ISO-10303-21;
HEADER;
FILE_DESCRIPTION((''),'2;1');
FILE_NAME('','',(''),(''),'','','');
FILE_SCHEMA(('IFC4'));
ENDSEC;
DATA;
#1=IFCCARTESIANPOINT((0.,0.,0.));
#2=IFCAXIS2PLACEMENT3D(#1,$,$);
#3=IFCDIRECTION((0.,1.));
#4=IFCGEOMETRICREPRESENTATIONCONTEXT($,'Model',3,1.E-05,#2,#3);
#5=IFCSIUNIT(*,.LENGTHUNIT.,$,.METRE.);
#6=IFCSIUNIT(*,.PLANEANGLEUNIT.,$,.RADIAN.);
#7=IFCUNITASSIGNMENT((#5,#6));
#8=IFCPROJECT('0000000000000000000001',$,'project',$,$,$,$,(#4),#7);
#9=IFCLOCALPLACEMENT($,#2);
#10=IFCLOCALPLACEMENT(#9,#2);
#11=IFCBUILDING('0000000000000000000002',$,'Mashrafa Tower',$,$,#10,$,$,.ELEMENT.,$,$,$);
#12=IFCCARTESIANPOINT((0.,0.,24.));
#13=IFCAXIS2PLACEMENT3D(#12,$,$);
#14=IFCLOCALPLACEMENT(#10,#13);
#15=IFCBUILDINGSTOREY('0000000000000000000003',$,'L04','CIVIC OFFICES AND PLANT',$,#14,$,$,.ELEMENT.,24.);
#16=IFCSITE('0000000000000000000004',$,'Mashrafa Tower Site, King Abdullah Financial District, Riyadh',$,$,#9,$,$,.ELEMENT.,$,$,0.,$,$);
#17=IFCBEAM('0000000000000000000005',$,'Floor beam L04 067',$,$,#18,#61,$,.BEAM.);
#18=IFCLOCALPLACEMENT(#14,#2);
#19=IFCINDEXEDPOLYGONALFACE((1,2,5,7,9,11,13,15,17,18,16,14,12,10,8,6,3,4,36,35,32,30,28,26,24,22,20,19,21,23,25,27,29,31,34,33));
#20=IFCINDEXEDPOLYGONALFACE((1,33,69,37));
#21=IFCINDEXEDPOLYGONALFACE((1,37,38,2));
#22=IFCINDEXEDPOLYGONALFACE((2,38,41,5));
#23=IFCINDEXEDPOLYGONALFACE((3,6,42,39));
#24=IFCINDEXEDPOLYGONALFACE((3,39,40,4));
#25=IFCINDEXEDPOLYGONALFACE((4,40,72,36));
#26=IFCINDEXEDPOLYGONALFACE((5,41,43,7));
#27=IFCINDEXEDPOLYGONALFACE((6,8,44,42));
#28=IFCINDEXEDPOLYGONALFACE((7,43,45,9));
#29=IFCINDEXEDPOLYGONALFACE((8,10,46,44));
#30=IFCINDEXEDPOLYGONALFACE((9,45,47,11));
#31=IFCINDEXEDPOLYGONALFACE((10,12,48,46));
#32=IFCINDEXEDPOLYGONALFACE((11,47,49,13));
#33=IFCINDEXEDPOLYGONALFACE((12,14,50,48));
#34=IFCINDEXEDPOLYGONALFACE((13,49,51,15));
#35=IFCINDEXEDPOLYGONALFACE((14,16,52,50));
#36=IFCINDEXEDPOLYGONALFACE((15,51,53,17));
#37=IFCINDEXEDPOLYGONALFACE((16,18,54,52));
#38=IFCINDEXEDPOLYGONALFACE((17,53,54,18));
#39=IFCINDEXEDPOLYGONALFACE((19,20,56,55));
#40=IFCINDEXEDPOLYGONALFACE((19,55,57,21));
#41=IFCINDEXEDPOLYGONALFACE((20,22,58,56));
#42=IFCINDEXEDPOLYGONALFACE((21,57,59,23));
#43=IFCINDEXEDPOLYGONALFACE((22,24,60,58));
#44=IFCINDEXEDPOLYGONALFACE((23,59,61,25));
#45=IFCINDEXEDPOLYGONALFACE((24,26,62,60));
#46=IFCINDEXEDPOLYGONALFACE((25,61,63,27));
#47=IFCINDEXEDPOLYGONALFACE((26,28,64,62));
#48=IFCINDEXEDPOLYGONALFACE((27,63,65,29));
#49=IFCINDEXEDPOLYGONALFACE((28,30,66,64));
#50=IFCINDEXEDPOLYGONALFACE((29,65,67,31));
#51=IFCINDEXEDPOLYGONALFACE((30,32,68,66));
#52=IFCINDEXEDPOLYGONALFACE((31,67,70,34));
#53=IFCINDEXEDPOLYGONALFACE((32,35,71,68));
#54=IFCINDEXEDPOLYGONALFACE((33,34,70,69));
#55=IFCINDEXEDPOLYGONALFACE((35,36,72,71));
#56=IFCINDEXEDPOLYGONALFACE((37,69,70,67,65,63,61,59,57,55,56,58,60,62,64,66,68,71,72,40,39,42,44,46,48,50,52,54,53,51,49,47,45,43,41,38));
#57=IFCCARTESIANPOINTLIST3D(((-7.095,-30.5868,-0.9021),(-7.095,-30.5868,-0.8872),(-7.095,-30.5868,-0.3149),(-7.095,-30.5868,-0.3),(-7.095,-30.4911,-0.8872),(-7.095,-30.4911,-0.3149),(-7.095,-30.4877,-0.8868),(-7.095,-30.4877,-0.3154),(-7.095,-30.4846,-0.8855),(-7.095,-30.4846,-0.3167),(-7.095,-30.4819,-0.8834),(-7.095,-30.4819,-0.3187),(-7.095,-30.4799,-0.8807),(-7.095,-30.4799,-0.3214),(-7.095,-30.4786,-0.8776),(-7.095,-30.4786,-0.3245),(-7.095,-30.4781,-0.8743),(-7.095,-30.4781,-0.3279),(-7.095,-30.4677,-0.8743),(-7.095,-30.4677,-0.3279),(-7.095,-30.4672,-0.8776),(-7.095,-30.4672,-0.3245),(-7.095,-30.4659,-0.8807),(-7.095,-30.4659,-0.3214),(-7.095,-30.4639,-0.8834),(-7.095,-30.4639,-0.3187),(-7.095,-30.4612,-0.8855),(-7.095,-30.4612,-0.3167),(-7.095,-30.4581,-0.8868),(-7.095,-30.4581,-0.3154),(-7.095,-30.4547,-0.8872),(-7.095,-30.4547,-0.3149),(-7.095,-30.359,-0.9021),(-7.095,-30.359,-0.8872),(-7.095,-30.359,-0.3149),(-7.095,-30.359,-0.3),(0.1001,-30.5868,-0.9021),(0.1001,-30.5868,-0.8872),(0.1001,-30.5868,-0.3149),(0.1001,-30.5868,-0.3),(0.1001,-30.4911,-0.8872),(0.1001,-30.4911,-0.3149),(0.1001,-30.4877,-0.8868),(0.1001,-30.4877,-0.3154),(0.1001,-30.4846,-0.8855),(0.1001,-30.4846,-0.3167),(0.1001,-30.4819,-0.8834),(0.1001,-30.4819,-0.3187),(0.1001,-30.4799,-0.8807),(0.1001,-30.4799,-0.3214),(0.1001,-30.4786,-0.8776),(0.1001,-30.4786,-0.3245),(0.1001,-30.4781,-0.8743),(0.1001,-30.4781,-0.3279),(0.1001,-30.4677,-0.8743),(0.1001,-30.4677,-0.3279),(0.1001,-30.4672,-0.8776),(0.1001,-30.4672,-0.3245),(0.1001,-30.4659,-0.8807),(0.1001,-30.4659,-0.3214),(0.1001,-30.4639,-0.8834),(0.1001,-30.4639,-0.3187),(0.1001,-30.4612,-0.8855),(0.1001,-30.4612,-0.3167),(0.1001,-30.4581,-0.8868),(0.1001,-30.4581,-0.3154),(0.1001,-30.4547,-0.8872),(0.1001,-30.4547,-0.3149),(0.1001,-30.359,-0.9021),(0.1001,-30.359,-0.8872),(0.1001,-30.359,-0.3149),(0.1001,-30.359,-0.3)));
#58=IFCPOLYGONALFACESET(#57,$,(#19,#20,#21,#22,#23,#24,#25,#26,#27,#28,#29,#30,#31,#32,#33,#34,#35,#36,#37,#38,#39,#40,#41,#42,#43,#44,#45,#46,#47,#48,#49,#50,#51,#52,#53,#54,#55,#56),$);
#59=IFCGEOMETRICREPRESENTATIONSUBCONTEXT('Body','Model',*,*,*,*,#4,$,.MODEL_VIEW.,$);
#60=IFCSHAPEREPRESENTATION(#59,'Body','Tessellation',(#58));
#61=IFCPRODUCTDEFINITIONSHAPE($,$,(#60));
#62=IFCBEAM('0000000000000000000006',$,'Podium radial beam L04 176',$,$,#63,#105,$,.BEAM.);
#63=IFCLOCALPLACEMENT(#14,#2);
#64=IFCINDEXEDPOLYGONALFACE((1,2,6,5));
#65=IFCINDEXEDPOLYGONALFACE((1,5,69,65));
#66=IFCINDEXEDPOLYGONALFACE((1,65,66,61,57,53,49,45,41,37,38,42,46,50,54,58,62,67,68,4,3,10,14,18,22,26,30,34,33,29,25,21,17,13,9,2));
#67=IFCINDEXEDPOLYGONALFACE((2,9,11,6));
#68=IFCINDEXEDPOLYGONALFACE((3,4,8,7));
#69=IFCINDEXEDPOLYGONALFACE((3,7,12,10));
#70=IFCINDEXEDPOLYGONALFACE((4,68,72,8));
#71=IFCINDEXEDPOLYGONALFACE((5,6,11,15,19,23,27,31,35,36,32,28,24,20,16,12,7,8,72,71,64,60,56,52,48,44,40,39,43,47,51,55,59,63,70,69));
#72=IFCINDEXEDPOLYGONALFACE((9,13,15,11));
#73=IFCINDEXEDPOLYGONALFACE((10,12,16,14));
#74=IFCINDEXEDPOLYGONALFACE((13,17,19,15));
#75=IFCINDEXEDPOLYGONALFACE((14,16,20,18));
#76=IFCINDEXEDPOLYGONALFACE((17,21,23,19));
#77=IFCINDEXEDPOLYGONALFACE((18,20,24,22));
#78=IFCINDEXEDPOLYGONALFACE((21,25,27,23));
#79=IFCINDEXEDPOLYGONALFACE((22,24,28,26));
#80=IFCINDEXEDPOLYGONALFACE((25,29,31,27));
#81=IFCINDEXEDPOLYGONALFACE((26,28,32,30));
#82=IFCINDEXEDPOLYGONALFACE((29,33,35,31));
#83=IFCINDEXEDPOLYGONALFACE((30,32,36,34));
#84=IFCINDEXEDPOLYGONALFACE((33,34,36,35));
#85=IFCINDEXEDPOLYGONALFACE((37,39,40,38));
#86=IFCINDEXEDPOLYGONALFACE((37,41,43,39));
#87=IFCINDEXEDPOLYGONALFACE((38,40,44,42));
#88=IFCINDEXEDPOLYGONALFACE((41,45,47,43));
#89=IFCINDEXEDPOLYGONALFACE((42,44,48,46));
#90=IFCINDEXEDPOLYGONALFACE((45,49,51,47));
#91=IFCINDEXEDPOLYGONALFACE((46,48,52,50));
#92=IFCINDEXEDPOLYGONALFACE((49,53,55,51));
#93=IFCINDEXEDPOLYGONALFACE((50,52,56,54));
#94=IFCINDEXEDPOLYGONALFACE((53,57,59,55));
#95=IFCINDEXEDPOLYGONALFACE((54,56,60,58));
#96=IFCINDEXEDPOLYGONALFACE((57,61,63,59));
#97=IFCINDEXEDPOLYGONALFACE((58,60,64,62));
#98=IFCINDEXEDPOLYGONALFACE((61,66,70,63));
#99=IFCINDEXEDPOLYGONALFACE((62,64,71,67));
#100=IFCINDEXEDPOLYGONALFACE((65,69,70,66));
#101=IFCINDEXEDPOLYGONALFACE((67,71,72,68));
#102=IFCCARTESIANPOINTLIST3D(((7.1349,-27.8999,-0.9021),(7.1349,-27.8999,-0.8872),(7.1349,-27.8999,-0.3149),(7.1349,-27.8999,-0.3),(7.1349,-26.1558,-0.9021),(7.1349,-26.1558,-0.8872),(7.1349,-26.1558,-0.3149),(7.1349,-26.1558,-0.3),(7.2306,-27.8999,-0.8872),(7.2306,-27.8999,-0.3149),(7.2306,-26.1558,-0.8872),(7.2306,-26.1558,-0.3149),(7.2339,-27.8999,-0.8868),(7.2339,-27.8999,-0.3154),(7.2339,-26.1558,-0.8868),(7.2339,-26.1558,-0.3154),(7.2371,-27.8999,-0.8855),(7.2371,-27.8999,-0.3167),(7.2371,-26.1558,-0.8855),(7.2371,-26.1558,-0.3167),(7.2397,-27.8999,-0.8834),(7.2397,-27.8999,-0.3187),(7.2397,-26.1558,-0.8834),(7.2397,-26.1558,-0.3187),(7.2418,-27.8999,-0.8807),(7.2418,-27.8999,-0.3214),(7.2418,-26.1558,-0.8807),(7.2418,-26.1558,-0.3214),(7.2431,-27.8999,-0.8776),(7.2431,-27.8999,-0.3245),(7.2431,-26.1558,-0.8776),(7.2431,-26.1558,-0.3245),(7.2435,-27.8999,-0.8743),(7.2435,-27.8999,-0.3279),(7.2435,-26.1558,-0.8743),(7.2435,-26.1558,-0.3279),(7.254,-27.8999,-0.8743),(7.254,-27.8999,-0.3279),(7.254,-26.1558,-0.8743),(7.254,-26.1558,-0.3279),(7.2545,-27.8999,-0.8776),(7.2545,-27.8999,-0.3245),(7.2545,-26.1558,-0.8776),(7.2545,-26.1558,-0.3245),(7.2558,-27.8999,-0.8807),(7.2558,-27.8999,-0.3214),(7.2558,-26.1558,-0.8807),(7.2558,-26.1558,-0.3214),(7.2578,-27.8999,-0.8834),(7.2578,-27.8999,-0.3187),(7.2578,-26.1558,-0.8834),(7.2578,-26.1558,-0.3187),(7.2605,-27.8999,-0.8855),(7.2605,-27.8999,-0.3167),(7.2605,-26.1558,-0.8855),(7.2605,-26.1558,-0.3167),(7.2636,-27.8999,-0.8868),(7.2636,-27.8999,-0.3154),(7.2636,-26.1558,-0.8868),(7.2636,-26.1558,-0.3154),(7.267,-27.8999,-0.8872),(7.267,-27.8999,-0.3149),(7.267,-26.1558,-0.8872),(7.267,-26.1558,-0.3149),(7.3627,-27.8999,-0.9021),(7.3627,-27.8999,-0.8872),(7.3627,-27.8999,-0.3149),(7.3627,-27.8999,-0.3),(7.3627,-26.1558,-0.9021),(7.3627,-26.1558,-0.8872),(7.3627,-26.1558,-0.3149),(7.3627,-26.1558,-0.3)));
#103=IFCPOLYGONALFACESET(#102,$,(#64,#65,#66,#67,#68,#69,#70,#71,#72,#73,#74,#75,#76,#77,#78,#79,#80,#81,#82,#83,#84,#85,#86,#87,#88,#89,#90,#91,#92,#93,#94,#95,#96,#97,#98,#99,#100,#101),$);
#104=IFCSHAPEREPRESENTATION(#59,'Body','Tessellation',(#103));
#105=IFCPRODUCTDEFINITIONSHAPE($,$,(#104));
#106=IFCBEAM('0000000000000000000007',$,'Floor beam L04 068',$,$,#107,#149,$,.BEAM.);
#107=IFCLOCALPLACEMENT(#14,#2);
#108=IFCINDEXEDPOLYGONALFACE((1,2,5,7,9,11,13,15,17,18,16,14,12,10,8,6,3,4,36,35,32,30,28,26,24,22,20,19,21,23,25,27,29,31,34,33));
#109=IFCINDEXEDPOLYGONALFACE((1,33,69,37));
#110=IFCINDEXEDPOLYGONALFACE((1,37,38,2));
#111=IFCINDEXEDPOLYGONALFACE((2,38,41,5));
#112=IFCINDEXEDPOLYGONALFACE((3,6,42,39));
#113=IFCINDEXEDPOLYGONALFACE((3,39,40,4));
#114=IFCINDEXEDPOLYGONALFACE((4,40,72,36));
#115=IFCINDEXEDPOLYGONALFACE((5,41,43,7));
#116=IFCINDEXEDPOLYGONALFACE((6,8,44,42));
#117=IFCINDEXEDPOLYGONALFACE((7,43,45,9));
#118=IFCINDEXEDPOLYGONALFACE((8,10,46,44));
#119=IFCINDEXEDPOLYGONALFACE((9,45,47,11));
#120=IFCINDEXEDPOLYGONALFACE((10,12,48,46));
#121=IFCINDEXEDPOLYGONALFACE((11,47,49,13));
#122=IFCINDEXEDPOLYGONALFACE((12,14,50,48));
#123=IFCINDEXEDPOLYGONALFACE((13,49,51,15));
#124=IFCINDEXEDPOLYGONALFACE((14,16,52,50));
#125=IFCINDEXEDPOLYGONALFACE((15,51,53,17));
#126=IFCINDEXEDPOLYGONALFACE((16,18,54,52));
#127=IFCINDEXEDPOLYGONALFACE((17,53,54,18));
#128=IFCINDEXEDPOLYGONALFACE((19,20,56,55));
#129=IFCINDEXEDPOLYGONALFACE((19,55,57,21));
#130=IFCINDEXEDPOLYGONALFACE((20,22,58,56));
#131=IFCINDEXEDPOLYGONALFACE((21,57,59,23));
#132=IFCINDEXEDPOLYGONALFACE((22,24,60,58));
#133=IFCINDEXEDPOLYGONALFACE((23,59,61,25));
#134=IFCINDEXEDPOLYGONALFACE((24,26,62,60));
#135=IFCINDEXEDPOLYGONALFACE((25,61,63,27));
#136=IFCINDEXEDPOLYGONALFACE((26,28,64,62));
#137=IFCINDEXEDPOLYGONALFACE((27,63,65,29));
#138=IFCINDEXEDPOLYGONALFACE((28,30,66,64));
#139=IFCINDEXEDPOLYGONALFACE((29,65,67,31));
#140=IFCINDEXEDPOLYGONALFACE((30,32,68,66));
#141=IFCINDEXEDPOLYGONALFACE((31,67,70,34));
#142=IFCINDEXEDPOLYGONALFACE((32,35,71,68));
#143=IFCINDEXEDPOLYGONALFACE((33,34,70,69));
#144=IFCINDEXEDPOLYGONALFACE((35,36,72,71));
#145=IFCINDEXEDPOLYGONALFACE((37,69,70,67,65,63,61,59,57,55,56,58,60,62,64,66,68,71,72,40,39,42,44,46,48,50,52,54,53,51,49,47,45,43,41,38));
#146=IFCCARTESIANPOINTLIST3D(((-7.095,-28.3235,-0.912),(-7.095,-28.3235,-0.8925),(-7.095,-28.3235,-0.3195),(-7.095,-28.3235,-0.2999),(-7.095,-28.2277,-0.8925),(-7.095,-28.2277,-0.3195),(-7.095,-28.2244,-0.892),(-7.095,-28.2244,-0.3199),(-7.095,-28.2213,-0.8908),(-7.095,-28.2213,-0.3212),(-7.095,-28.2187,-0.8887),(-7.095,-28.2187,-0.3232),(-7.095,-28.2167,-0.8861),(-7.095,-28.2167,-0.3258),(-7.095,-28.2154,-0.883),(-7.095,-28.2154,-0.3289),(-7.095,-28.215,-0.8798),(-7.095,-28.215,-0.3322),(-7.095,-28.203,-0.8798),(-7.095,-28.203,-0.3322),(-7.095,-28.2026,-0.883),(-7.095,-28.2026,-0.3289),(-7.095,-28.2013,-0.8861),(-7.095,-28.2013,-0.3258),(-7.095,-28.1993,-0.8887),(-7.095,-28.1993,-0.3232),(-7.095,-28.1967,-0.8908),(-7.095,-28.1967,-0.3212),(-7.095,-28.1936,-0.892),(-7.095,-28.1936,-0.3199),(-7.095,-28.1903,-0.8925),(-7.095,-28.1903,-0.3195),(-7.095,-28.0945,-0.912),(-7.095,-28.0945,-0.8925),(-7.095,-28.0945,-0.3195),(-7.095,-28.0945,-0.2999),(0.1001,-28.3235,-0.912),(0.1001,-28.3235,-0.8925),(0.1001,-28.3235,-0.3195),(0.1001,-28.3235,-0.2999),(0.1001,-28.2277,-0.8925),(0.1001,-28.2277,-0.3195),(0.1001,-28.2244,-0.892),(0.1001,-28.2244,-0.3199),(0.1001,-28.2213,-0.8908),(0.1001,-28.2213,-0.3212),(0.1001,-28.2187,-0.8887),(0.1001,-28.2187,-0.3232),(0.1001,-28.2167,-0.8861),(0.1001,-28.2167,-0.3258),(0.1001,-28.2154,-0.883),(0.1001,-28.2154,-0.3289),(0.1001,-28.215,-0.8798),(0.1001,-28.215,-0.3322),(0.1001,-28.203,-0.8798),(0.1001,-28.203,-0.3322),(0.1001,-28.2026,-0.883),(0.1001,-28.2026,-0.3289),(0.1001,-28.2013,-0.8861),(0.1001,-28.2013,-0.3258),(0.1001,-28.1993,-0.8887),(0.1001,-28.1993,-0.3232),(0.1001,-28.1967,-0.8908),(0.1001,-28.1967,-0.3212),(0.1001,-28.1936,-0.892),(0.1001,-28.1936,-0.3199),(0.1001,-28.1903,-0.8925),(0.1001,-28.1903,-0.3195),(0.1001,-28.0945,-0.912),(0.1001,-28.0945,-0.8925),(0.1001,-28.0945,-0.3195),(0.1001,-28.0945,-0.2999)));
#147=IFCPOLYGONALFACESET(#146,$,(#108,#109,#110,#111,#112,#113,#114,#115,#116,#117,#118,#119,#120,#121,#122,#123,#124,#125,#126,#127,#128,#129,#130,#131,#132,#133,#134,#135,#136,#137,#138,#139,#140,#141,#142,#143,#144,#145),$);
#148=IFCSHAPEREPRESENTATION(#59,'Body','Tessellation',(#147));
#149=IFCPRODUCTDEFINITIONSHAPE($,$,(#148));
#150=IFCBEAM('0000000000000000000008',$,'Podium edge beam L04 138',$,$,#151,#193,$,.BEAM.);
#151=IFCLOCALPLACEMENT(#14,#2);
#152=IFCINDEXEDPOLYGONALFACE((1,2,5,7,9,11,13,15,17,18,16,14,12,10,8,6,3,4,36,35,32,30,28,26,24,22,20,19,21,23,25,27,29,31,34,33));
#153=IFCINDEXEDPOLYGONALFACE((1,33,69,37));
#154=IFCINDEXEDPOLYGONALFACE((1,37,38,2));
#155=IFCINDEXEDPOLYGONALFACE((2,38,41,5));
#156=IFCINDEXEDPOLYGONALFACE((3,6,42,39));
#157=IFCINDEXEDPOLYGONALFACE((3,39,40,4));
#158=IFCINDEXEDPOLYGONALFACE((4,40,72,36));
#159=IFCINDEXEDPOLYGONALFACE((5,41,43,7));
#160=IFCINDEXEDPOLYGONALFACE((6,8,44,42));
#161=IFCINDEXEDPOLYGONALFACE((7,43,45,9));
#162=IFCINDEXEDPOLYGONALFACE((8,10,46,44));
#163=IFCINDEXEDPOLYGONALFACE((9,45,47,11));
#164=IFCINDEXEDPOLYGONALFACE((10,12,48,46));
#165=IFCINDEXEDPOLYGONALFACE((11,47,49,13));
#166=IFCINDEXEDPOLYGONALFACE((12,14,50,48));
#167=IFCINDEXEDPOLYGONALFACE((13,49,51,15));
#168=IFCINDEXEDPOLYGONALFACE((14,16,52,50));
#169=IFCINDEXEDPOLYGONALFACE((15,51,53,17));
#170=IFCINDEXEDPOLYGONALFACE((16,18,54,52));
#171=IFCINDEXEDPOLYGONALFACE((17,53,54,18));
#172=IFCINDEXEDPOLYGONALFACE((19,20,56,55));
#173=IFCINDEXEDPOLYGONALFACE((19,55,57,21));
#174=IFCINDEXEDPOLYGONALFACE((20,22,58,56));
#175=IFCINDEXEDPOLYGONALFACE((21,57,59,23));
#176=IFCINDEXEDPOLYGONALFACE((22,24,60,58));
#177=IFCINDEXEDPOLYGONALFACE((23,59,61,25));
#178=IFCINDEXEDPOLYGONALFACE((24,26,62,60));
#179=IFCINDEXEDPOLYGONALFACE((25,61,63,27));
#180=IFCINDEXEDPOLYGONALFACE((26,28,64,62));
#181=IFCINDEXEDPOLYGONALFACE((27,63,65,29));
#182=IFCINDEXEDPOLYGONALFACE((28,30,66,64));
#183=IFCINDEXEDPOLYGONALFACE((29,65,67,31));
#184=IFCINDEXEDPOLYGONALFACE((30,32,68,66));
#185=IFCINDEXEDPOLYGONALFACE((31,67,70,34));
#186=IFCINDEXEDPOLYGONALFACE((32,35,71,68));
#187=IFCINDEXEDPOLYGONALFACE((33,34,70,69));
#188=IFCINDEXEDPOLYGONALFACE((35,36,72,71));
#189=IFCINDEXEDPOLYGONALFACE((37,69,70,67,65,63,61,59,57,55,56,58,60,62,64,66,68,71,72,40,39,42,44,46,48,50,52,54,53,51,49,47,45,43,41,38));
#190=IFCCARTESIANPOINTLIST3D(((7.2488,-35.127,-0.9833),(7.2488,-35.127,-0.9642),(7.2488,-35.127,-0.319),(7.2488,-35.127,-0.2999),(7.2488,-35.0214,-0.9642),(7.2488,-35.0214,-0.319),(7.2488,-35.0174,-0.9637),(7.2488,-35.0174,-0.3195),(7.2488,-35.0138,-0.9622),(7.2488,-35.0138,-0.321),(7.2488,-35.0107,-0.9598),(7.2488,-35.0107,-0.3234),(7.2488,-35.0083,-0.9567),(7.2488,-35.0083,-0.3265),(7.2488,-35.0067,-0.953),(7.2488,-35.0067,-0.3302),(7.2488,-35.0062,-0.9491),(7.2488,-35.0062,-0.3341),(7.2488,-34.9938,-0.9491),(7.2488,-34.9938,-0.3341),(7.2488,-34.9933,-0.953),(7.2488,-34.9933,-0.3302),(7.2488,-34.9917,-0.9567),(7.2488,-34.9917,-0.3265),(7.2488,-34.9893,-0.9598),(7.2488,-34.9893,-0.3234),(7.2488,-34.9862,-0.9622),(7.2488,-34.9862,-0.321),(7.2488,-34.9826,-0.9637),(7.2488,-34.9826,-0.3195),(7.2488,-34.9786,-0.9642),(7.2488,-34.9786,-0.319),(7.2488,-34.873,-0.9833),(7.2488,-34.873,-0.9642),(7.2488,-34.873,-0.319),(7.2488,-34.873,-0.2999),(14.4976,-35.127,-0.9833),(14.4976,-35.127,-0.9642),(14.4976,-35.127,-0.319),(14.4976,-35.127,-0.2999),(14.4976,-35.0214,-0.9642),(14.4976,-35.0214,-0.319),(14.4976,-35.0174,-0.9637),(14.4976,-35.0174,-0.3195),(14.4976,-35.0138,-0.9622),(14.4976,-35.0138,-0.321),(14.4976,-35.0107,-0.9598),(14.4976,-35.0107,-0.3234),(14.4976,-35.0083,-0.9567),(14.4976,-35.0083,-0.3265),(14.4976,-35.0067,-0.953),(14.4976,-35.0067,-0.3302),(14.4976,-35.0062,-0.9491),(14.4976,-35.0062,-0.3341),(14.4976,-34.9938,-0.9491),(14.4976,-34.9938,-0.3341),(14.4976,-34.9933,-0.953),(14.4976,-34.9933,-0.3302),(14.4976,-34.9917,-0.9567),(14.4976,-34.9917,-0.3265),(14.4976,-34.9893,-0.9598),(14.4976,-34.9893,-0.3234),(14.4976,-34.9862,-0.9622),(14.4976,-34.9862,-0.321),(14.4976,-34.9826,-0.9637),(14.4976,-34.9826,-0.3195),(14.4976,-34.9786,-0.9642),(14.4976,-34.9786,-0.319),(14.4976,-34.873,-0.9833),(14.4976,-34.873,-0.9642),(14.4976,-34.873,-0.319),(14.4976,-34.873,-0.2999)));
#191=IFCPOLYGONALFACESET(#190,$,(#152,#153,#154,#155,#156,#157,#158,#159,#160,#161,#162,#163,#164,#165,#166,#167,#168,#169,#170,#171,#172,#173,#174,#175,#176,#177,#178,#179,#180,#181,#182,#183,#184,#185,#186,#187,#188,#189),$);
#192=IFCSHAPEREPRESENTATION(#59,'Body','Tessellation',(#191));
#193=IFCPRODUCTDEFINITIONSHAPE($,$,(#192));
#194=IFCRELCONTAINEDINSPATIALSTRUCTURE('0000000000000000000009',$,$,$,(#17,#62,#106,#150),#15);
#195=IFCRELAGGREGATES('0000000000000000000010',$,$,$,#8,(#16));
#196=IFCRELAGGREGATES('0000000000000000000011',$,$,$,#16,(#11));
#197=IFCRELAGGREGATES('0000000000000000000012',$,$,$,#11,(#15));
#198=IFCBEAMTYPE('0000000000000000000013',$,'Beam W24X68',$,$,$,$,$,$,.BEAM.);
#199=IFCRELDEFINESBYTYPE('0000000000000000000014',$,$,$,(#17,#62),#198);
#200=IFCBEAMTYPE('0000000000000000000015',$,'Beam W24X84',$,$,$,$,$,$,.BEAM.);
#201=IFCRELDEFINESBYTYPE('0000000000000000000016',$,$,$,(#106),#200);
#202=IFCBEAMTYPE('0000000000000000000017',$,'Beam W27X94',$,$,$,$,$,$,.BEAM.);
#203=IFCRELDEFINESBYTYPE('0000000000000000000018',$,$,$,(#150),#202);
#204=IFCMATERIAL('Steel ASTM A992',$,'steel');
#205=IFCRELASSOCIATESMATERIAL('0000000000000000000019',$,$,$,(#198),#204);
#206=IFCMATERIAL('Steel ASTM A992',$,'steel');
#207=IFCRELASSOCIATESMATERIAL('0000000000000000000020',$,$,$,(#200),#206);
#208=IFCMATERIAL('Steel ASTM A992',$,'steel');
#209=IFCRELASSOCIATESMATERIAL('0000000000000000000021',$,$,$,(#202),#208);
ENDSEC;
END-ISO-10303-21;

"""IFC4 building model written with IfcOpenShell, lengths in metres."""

from ifc_helpers import new_model, si_unit, direction, frame, origin, origin_2d, place, context, subcontext, project, spatial, i_section, extrude, material, material_profile, profile_set, type_object, element, save


model = new_model("IFC4")

# Units and contexts
model_context = context("Model", 3, precision=1e-05, world=origin(), true_north=direction((0.0, 1.0)))
body_context = subcontext(model_context, "Body", "Model", "MODEL_VIEW")
ifc_project = project(units=[si_unit("LENGTHUNIT", "METRE"), si_unit("PLANEANGLEUNIT", "RADIAN")], contexts=[model_context])

# Site, building, storey
site_placement = place(None, origin())
site = spatial("IfcSite", under=ifc_project, at=site_placement, Name="Mashrafa Tower Site, King Abdullah Financial District, Riyadh", CompositionType="ELEMENT", RefElevation=0.0)
building_placement = place(site_placement, origin())
building = spatial("IfcBuilding", under=site, at=building_placement, Name="Mashrafa Tower", CompositionType="ELEMENT")
storey_placement = place(building_placement, frame((0.0, 0.0, 24.0)))
storey = spatial("IfcBuildingStorey", under=building, at=storey_placement, Name="L04", Description="CIVIC OFFICES AND PLANT", CompositionType="ELEMENT", Elevation=24.0)

# Beams
ifc_material_1 = material(Name="Steel ASTM A992", Category="steel")
ifc_material_profile_1 = material_profile(ifc_material_1, i_section(OverallWidth=0.2278, OverallDepth=0.6021, WebThickness=0.0105, FlangeThickness=0.0149, FilletRadius=0.0129, at=origin_2d()), Name="W24X68")
ifc_profile_set_1 = profile_set([ifc_material_profile_1], Name="Steel ASTM A992")
beam_type_1 = type_object("IfcBeamType", Name="Beam W24X68", PredefinedType="BEAM", material=ifc_profile_set_1)
for number, where, z_axis, x_axis, name in (
    (1, (0.1001, -30.4729, -0.6011), (-1.0, 0.0, 0.0), (0.0, -1.0, 0.0), "Floor beam L04 067"),
):
    element("IfcBeam", number, at=place(storey_placement, frame(where, z_axis=z_axis, x_axis=x_axis)), inside=storey, type_object=beam_type_1, Name=name, PredefinedType="BEAM", context=body_context, shape_type="SweptSolid", body=[
        extrude(i_section(OverallWidth=0.2278, OverallDepth=0.6021, WebThickness=0.0105, FlangeThickness=0.0149, FilletRadius=0.0129, at=origin_2d()), origin(), (0.0, 0.0, 1.0), 7.1951),
    ])
beam_1_placement = place(storey_placement, frame((7.2488, -26.1558, -0.6011), z_axis=(0.0, -1.0, 0.0), x_axis=(1.0, 0.0, 0.0)))
element("IfcBeam", 2, at=beam_1_placement, inside=storey, type_object=beam_type_1, Name="Podium radial beam L04 176", PredefinedType="BEAM", context=body_context, shape_type="SweptSolid", body=[
    extrude(i_section(OverallWidth=0.2278, OverallDepth=0.6021, WebThickness=0.0105, FlangeThickness=0.0149, FilletRadius=0.0129, at=origin_2d()), origin(), (0.0, 0.0, 1.0), 1.7441),
])
ifc_material_2 = material(Name="Steel ASTM A992", Category="steel")
ifc_material_profile_2 = material_profile(ifc_material_2, i_section(OverallWidth=0.229, OverallDepth=0.6121, WebThickness=0.012, FlangeThickness=0.0195, FilletRadius=0.0127, at=origin_2d()), Name="W24X84")
ifc_profile_set_2 = profile_set([ifc_material_profile_2], Name="Steel ASTM A992")
beam_type_2 = type_object("IfcBeamType", Name="Beam W24X84", PredefinedType="BEAM", material=ifc_profile_set_2)
beam_2_placement = place(storey_placement, frame((0.1001, -28.209, -0.606), z_axis=(-1.0, 0.0, 0.0), x_axis=(0.0, -1.0, 0.0)))
element("IfcBeam", 3, at=beam_2_placement, inside=storey, type_object=beam_type_2, Name="Floor beam L04 068", PredefinedType="BEAM", context=body_context, shape_type="SweptSolid", body=[
    extrude(i_section(OverallWidth=0.229, OverallDepth=0.6121, WebThickness=0.012, FlangeThickness=0.0195, FilletRadius=0.0127, at=origin_2d()), origin(), (0.0, 0.0, 1.0), 7.1951),
])
ifc_material_3 = material(Name="Steel ASTM A992", Category="steel")
ifc_material_profile_3 = material_profile(ifc_material_3, i_section(OverallWidth=0.2539, OverallDepth=0.6833, WebThickness=0.0125, FlangeThickness=0.019, FilletRadius=0.0151, at=origin_2d()), Name="W27X94")
ifc_profile_set_3 = profile_set([ifc_material_profile_3], Name="Steel ASTM A992")
beam_type_3 = type_object("IfcBeamType", Name="Beam W27X94", PredefinedType="BEAM", material=ifc_profile_set_3)
beam_3_placement = place(storey_placement, frame((7.2488, -35.0, -0.6416), z_axis=(1.0, 0.0, 0.0), x_axis=(0.0, 1.0, 0.0)))
element("IfcBeam", 4, at=beam_3_placement, inside=storey, type_object=beam_type_3, Name="Podium edge beam L04 138", PredefinedType="BEAM", context=body_context, shape_type="SweptSolid", body=[
    extrude(i_section(OverallWidth=0.2539, OverallDepth=0.6833, WebThickness=0.0125, FlangeThickness=0.019, FilletRadius=0.0151, at=origin_2d()), origin(), (0.0, 0.0, 1.0), 7.2488),
])

save(model, "model.ifc")
